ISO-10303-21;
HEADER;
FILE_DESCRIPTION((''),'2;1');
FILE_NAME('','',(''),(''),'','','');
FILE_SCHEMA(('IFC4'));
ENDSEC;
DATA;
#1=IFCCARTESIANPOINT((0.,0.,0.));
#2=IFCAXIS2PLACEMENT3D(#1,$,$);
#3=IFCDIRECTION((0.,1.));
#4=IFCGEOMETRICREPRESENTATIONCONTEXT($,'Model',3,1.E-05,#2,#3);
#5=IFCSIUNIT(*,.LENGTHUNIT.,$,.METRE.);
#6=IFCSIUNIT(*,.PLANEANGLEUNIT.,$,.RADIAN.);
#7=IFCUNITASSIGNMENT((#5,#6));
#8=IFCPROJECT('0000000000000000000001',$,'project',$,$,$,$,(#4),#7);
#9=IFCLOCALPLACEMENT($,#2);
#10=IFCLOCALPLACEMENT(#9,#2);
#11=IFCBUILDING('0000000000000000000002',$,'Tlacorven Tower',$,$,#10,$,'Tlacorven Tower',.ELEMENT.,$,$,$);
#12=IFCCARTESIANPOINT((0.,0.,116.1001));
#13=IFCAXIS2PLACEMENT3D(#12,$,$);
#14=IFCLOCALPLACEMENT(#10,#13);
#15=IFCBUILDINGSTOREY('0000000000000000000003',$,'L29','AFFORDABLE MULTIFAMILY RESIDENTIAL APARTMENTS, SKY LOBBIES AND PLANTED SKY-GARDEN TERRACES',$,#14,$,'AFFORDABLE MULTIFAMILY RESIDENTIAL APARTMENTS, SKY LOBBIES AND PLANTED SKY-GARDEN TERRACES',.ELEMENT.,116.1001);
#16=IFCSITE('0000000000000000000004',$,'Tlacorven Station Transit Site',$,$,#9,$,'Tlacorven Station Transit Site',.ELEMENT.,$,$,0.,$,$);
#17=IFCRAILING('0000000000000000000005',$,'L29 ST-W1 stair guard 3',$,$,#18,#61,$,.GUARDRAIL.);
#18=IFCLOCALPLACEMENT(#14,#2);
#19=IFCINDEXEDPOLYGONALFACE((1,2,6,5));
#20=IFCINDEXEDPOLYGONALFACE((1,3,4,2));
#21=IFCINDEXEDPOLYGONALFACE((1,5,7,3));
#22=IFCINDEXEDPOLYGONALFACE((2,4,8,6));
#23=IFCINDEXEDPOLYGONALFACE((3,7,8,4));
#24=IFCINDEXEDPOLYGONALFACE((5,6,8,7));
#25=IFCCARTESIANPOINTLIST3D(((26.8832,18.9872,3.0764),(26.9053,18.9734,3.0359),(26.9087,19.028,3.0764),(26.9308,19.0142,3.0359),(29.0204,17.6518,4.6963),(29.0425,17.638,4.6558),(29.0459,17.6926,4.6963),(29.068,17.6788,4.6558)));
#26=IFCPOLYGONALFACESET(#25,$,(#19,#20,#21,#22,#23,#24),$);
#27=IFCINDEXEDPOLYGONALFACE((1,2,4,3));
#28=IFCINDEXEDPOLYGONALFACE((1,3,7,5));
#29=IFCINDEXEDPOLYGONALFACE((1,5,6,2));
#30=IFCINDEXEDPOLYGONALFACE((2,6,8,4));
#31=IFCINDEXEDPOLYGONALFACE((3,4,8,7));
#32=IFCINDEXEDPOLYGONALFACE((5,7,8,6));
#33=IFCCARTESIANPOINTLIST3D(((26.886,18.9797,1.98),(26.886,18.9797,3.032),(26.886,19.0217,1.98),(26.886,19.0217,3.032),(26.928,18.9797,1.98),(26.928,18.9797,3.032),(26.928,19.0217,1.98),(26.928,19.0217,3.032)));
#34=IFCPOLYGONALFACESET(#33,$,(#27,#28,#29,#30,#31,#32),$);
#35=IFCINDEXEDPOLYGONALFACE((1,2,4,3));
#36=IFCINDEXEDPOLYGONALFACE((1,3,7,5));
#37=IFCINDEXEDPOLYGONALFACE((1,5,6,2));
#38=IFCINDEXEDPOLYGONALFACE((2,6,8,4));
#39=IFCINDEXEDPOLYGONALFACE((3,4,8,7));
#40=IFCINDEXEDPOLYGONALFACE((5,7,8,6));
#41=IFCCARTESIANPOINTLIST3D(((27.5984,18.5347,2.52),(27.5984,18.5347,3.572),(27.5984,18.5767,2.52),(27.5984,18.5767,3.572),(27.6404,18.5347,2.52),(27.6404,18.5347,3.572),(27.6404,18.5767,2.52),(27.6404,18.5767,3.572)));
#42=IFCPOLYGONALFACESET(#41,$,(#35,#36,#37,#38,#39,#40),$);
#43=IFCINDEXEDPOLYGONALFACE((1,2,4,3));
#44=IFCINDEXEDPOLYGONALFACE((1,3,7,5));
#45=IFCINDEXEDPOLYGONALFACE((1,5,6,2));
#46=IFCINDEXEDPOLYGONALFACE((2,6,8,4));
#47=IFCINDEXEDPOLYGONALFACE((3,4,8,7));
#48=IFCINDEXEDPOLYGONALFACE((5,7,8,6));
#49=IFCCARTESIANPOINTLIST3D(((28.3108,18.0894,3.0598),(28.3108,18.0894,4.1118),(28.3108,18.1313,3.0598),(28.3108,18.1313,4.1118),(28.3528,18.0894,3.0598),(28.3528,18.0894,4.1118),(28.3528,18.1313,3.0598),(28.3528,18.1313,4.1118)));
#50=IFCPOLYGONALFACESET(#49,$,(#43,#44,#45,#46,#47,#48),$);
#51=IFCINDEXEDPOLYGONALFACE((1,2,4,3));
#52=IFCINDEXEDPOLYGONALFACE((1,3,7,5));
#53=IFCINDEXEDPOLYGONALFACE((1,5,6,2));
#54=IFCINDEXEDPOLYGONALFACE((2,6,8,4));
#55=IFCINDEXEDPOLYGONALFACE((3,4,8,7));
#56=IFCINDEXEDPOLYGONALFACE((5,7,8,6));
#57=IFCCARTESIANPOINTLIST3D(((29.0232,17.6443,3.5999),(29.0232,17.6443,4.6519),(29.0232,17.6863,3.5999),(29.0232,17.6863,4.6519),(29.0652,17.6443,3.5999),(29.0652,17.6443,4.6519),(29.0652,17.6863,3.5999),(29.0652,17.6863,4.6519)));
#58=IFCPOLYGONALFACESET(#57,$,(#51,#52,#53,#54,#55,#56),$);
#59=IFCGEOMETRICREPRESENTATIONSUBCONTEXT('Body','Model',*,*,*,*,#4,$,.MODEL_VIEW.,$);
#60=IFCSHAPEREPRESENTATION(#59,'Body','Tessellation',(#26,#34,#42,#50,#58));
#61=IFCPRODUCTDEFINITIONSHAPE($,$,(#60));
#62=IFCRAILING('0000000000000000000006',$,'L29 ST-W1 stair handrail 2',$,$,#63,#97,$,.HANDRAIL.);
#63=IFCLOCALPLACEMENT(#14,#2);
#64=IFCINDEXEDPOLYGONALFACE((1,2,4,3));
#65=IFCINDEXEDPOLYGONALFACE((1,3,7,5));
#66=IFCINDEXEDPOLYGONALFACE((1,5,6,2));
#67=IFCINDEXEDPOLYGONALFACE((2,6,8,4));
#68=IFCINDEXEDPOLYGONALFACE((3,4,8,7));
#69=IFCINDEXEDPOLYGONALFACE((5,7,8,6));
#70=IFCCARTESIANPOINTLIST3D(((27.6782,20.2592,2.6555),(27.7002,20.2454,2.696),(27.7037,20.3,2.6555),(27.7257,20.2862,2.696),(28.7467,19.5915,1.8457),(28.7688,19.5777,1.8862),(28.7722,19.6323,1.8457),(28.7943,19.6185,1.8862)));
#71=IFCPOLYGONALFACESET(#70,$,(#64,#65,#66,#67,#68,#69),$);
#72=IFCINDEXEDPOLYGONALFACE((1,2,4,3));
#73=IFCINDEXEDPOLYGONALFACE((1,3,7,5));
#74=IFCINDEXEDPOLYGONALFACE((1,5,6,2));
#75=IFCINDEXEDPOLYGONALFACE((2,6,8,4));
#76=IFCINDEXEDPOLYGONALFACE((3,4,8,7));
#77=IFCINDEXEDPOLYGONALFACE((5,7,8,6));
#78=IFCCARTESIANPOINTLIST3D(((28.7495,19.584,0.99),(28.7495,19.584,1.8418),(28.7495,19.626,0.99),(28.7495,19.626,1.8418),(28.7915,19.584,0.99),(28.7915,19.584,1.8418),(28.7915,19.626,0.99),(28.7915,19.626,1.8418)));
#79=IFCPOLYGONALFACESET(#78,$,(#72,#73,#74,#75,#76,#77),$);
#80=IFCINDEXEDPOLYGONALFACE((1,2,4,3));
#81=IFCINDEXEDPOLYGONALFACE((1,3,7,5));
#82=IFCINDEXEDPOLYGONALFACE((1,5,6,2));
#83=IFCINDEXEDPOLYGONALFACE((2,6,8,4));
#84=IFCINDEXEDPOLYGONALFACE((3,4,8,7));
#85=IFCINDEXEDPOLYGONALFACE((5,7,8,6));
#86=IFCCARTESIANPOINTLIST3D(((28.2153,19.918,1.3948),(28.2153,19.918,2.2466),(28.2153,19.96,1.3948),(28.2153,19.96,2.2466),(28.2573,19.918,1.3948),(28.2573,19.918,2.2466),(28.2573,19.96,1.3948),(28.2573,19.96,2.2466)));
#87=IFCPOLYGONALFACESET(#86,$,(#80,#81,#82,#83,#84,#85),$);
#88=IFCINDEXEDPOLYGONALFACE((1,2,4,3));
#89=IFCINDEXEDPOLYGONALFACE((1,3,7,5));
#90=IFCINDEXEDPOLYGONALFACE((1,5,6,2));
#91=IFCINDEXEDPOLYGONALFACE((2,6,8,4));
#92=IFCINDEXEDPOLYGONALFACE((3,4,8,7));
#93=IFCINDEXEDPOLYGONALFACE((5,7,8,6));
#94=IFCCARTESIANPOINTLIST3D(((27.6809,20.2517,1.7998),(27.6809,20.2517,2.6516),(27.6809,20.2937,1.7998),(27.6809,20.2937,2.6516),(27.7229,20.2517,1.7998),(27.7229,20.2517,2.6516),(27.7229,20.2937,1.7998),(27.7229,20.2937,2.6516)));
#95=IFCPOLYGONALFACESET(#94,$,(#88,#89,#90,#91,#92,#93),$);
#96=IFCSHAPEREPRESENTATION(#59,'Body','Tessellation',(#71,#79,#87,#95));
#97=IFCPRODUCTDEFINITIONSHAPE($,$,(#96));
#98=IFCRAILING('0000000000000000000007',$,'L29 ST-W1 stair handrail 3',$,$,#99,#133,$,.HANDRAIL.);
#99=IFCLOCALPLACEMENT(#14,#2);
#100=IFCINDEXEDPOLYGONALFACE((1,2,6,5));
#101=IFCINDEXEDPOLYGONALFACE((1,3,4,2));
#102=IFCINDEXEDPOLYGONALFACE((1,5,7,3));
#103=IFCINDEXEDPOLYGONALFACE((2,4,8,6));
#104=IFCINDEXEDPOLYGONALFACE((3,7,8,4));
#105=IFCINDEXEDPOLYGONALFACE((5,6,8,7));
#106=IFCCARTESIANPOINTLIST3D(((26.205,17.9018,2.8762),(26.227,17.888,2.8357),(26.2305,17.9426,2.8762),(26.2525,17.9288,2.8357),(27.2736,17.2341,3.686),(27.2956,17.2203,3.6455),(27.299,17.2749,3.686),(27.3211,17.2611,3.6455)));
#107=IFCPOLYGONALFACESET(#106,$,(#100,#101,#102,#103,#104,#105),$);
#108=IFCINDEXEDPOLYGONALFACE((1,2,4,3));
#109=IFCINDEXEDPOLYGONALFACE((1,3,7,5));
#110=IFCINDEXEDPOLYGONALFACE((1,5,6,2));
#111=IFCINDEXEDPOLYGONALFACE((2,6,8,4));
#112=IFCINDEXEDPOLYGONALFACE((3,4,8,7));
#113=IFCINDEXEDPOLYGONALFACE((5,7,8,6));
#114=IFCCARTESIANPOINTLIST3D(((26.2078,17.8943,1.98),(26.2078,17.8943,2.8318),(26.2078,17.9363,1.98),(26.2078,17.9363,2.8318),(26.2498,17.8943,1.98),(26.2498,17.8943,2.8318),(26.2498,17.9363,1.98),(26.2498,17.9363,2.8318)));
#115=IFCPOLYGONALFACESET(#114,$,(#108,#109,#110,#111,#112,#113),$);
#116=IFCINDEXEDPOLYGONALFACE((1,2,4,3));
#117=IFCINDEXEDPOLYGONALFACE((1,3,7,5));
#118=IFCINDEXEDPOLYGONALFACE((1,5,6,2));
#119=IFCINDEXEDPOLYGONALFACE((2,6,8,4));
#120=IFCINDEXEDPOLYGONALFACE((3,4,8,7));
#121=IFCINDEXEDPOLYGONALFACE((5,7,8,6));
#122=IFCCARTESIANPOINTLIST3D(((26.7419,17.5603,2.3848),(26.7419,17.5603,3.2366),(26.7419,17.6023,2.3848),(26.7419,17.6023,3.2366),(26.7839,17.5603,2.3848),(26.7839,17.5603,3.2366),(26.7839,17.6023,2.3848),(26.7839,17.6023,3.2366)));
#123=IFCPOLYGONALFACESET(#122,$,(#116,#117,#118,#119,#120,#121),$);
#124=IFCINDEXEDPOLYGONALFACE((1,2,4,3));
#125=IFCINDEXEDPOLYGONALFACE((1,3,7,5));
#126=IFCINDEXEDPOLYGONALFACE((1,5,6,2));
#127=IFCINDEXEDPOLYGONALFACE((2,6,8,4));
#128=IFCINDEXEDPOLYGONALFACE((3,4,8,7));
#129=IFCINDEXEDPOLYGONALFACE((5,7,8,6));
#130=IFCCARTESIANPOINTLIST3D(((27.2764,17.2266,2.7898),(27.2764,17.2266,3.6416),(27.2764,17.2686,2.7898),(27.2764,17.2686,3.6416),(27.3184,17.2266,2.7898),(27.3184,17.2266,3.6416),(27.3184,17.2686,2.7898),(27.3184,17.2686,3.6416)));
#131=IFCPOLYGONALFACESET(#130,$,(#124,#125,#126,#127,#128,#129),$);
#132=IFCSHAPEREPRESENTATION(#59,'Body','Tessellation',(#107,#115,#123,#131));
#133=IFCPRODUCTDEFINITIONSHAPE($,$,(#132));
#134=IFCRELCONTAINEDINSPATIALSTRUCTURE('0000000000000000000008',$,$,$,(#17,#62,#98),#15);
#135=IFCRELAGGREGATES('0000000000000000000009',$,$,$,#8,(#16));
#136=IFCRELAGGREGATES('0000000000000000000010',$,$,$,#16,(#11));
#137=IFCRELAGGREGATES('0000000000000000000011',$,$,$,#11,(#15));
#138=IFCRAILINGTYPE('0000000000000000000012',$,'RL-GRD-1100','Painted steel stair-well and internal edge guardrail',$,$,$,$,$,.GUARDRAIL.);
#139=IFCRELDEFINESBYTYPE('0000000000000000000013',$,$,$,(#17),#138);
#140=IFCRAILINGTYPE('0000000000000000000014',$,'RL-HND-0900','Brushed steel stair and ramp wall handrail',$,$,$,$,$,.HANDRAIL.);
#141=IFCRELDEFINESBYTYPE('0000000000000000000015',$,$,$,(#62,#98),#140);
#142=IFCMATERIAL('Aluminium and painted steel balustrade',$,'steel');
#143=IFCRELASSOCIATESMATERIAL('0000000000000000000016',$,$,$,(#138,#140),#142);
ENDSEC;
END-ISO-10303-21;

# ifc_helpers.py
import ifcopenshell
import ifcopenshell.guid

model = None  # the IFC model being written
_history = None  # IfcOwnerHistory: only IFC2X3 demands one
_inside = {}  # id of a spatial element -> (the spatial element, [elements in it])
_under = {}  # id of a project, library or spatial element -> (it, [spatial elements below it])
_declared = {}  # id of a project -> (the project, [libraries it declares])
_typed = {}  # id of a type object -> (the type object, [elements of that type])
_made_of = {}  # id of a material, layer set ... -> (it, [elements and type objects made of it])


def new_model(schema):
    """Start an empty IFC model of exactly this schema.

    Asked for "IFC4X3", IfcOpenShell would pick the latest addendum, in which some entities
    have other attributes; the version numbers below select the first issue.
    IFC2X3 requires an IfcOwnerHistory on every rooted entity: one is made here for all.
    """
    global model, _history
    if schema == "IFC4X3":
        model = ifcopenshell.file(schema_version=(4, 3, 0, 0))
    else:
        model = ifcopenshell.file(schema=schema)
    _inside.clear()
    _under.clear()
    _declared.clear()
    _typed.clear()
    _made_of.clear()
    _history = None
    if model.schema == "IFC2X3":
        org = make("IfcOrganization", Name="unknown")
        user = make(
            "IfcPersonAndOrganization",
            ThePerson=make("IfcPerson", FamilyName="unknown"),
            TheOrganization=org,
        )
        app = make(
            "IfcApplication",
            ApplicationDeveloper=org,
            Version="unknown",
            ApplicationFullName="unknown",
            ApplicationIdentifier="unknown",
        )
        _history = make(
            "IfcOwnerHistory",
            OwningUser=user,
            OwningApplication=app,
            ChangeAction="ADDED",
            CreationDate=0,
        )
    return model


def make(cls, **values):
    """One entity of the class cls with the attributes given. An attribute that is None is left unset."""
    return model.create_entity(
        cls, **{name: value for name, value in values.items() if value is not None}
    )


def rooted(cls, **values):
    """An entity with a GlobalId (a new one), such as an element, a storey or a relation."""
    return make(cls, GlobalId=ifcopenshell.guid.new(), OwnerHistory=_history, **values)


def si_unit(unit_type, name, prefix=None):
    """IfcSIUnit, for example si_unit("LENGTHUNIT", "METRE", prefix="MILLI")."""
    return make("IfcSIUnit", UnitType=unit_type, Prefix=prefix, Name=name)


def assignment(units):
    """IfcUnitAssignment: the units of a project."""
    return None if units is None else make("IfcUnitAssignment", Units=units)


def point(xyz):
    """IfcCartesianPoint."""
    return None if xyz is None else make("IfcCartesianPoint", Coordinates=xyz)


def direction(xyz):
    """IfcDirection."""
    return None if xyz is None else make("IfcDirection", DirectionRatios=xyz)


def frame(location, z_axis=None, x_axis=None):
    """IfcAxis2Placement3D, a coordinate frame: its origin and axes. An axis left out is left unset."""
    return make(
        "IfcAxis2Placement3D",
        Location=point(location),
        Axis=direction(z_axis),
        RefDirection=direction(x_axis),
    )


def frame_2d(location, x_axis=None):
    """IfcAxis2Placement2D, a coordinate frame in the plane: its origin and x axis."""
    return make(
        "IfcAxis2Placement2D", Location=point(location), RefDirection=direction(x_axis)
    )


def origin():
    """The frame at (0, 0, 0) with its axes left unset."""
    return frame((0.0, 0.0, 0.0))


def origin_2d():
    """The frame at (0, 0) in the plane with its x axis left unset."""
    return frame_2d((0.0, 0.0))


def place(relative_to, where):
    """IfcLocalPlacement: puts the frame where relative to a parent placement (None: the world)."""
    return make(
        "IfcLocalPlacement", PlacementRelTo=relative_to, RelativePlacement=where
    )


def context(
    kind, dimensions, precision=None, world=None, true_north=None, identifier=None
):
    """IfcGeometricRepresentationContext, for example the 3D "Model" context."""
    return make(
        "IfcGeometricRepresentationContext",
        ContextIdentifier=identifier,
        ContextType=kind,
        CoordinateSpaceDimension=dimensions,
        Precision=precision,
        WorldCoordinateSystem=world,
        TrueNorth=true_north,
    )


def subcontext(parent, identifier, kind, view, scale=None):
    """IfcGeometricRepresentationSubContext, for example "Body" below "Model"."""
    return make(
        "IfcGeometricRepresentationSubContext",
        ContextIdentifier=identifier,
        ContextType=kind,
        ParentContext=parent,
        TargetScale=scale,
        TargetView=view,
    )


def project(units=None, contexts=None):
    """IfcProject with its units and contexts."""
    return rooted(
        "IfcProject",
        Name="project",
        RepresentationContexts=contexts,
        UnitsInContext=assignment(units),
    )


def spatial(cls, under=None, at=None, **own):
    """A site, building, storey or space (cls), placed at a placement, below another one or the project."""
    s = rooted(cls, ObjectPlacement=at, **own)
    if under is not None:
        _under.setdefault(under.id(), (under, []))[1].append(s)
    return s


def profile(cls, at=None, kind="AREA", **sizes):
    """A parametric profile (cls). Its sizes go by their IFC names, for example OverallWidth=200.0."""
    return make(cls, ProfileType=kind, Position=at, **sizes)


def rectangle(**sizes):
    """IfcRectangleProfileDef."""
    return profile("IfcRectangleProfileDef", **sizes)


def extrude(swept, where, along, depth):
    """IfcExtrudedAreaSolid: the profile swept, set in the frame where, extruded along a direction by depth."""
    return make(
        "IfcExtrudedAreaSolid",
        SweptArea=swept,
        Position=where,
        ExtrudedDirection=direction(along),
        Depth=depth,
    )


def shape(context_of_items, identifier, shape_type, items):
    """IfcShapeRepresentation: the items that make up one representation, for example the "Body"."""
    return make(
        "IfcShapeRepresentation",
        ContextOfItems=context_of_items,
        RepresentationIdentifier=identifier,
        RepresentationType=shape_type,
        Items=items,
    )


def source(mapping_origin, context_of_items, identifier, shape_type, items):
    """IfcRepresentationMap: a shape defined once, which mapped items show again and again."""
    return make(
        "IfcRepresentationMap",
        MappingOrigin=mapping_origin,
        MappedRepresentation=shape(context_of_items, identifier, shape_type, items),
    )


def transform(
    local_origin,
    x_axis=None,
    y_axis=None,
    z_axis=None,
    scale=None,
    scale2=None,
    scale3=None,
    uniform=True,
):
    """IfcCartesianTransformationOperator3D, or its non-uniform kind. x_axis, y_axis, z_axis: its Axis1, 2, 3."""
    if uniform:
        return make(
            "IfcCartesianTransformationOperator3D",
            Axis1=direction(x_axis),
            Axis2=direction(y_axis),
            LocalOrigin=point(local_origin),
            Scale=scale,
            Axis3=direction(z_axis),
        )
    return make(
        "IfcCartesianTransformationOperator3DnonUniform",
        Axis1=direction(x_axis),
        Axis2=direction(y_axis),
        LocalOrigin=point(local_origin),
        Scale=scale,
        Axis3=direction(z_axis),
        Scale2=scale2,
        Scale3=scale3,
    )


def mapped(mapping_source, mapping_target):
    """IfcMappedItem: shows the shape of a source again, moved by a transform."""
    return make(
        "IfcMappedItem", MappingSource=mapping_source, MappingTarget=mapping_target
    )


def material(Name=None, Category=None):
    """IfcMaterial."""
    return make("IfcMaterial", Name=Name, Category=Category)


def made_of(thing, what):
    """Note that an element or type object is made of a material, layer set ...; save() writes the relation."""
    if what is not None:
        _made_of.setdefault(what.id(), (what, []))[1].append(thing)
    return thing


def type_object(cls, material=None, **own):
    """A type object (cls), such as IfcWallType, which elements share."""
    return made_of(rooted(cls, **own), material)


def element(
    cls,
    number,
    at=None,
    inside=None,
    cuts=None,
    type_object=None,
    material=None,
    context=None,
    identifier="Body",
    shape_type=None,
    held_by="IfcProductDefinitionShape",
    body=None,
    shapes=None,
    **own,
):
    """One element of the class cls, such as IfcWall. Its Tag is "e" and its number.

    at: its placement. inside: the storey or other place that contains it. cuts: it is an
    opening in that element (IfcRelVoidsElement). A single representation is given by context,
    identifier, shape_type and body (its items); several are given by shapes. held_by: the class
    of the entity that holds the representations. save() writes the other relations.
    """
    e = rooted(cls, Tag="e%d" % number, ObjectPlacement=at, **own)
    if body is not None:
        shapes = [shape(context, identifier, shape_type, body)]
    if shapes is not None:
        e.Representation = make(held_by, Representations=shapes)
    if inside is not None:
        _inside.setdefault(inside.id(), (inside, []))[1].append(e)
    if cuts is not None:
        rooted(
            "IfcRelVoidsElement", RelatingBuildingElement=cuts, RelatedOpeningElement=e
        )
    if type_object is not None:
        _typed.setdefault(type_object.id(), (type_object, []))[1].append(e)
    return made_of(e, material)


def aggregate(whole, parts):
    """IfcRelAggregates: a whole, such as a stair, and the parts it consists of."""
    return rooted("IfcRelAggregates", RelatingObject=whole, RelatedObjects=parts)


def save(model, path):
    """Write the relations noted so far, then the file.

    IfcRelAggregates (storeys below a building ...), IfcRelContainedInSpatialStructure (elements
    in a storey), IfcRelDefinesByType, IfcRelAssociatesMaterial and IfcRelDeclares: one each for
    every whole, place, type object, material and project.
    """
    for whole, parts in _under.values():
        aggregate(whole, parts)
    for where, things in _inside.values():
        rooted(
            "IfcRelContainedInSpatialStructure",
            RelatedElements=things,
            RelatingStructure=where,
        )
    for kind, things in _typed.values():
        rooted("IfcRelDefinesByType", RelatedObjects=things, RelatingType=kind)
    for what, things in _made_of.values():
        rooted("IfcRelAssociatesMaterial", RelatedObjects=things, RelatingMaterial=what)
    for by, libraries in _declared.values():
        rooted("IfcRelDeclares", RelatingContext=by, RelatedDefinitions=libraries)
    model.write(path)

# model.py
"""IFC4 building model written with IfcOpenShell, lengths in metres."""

from ifc_helpers import new_model, si_unit, direction, frame, origin, origin_2d, place, context, subcontext, project, spatial, rectangle, extrude, source, transform, mapped, material, type_object, element, save


model = new_model("IFC4")

# Units and contexts
model_context = context("Model", 3, precision=1e-05, world=origin(), true_north=direction((0.0, 1.0)))
body_context = subcontext(model_context, "Body", "Model", "MODEL_VIEW")
ifc_project = project(units=[si_unit("LENGTHUNIT", "METRE"), si_unit("PLANEANGLEUNIT", "RADIAN")], contexts=[model_context])

# Site, building, storey
site_placement = place(None, origin())
site = spatial("IfcSite", under=ifc_project, at=site_placement, Name="Tlacorven Station Transit Site", LongName="Tlacorven Station Transit Site", CompositionType="ELEMENT", RefElevation=0.0)
building_placement = place(site_placement, origin())
building = spatial("IfcBuilding", under=site, at=building_placement, Name="Tlacorven Tower", LongName="Tlacorven Tower", CompositionType="ELEMENT")
storey_placement = place(building_placement, frame((0.0, 0.0, 116.1001)))
storey = spatial("IfcBuildingStorey", under=building, at=storey_placement, Name="L29", Description="AFFORDABLE MULTIFAMILY RESIDENTIAL APARTMENTS, SKY LOBBIES AND PLANTED SKY-GARDEN TERRACES", LongName="AFFORDABLE MULTIFAMILY RESIDENTIAL APARTMENTS, SKY LOBBIES AND PLANTED SKY-GARDEN TERRACES", CompositionType="ELEMENT", Elevation=116.1001)

# Railings
ifc_material_1 = material(Name="Aluminium and painted steel balustrade", Category="steel")
railing_type_1 = type_object("IfcRailingType", Name="RL-GRD-1100", Description="Painted steel stair-well and internal edge guardrail", PredefinedType="GUARDRAIL", material=ifc_material_1)
railing_type_2 = type_object("IfcRailingType", Name="RL-HND-0900", Description="Brushed steel stair and ramp wall handrail", PredefinedType="HANDRAIL", material=ifc_material_1)
shared_shape_1 = source(origin(), body_context, "Body", "SweptSolid", [
    extrude(rectangle(XDim=0.0481, YDim=0.0481, at=origin_2d()), frame((0.0, 0.0, 1.0762), z_axis=(0.713391, -0.445768, 0.540707), x_axis=(0.529912, 0.848053, 0.0)), (0.0, 0.0, 1.0), 2.9958),
    extrude(rectangle(XDim=0.042, YDim=0.042, at=origin_2d()), origin(), (0.0, 0.0, 1.0), 1.052),
    extrude(rectangle(XDim=0.042, YDim=0.042, at=origin_2d()), frame((0.7124, -0.4451, 0.54)), (0.0, 0.0, 1.0), 1.052),
    extrude(rectangle(XDim=0.042, YDim=0.042, at=origin_2d()), frame((1.4248, -0.8904, 1.0798)), (0.0, 0.0, 1.0), 1.052),
    extrude(rectangle(XDim=0.042, YDim=0.042, at=origin_2d()), frame((2.1372, -1.3354, 1.6199)), (0.0, 0.0, 1.0), 1.052),
])
railing_1_placement = place(storey_placement, frame((26.907, 19.0007, 1.98)))
element("IfcRailing", 1, at=railing_1_placement, inside=storey, type_object=railing_type_1, Name="L29 ST-W1 stair guard 3", PredefinedType="GUARDRAIL", context=body_context, shape_type="MappedRepresentation", body=[
    mapped(shared_shape_1, transform((0.0, 0.0, 0.0), scale=1.0)),
])
shared_shape_2 = source(origin(), body_context, "Body", "SweptSolid", [
    extrude(rectangle(XDim=0.0481, YDim=0.0481, at=origin_2d()), frame((0.0, 0.0, 0.876), z_axis=(-0.713423, 0.445787, 0.540649), x_axis=(-0.529912, -0.848053, 0.0)), (0.0, 0.0, 1.0), 1.4978),
    extrude(rectangle(XDim=0.042, YDim=0.042, at=origin_2d()), origin(), (0.0, 0.0, 1.0), 0.8518),
    extrude(rectangle(XDim=0.042, YDim=0.042, at=origin_2d()), frame((-0.5342, 0.334, 0.4048)), (0.0, 0.0, 1.0), 0.8518),
    extrude(rectangle(XDim=0.042, YDim=0.042, at=origin_2d()), frame((-1.0686, 0.6677, 0.8098)), (0.0, 0.0, 1.0), 0.8518),
])
railing_2_placement = place(storey_placement, frame((28.7705, 19.605, 0.99)))
element("IfcRailing", 2, at=railing_2_placement, inside=storey, type_object=railing_type_2, Name="L29 ST-W1 stair handrail 2", PredefinedType="HANDRAIL", context=body_context, shape_type="MappedRepresentation", body=[
    mapped(shared_shape_2, transform((0.0, 0.0, 0.0), scale=1.0)),
])
shared_shape_3 = source(origin(), body_context, "Body", "SweptSolid", [
    extrude(rectangle(XDim=0.0481, YDim=0.0481, at=origin_2d()), frame((0.0, 0.0, 0.876), z_axis=(0.713423, -0.445787, 0.540649), x_axis=(0.529912, 0.848053, 0.0)), (0.0, 0.0, 1.0), 1.4978),
    extrude(rectangle(XDim=0.042, YDim=0.042, at=origin_2d()), origin(), (0.0, 0.0, 1.0), 0.8518),
    extrude(rectangle(XDim=0.042, YDim=0.042, at=origin_2d()), frame((0.5342, -0.334, 0.4048)), (0.0, 0.0, 1.0), 0.8518),
    extrude(rectangle(XDim=0.042, YDim=0.042, at=origin_2d()), frame((1.0686, -0.6677, 0.8098)), (0.0, 0.0, 1.0), 0.8518),
])
railing_3_placement = place(storey_placement, frame((26.2288, 17.9153, 1.98)))
element("IfcRailing", 3, at=railing_3_placement, inside=storey, type_object=railing_type_2, Name="L29 ST-W1 stair handrail 3", PredefinedType="HANDRAIL", context=body_context, shape_type="MappedRepresentation", body=[
    mapped(shared_shape_3, transform((0.0, 0.0, 0.0), scale=1.0)),
])

save(model, "model.ifc")
